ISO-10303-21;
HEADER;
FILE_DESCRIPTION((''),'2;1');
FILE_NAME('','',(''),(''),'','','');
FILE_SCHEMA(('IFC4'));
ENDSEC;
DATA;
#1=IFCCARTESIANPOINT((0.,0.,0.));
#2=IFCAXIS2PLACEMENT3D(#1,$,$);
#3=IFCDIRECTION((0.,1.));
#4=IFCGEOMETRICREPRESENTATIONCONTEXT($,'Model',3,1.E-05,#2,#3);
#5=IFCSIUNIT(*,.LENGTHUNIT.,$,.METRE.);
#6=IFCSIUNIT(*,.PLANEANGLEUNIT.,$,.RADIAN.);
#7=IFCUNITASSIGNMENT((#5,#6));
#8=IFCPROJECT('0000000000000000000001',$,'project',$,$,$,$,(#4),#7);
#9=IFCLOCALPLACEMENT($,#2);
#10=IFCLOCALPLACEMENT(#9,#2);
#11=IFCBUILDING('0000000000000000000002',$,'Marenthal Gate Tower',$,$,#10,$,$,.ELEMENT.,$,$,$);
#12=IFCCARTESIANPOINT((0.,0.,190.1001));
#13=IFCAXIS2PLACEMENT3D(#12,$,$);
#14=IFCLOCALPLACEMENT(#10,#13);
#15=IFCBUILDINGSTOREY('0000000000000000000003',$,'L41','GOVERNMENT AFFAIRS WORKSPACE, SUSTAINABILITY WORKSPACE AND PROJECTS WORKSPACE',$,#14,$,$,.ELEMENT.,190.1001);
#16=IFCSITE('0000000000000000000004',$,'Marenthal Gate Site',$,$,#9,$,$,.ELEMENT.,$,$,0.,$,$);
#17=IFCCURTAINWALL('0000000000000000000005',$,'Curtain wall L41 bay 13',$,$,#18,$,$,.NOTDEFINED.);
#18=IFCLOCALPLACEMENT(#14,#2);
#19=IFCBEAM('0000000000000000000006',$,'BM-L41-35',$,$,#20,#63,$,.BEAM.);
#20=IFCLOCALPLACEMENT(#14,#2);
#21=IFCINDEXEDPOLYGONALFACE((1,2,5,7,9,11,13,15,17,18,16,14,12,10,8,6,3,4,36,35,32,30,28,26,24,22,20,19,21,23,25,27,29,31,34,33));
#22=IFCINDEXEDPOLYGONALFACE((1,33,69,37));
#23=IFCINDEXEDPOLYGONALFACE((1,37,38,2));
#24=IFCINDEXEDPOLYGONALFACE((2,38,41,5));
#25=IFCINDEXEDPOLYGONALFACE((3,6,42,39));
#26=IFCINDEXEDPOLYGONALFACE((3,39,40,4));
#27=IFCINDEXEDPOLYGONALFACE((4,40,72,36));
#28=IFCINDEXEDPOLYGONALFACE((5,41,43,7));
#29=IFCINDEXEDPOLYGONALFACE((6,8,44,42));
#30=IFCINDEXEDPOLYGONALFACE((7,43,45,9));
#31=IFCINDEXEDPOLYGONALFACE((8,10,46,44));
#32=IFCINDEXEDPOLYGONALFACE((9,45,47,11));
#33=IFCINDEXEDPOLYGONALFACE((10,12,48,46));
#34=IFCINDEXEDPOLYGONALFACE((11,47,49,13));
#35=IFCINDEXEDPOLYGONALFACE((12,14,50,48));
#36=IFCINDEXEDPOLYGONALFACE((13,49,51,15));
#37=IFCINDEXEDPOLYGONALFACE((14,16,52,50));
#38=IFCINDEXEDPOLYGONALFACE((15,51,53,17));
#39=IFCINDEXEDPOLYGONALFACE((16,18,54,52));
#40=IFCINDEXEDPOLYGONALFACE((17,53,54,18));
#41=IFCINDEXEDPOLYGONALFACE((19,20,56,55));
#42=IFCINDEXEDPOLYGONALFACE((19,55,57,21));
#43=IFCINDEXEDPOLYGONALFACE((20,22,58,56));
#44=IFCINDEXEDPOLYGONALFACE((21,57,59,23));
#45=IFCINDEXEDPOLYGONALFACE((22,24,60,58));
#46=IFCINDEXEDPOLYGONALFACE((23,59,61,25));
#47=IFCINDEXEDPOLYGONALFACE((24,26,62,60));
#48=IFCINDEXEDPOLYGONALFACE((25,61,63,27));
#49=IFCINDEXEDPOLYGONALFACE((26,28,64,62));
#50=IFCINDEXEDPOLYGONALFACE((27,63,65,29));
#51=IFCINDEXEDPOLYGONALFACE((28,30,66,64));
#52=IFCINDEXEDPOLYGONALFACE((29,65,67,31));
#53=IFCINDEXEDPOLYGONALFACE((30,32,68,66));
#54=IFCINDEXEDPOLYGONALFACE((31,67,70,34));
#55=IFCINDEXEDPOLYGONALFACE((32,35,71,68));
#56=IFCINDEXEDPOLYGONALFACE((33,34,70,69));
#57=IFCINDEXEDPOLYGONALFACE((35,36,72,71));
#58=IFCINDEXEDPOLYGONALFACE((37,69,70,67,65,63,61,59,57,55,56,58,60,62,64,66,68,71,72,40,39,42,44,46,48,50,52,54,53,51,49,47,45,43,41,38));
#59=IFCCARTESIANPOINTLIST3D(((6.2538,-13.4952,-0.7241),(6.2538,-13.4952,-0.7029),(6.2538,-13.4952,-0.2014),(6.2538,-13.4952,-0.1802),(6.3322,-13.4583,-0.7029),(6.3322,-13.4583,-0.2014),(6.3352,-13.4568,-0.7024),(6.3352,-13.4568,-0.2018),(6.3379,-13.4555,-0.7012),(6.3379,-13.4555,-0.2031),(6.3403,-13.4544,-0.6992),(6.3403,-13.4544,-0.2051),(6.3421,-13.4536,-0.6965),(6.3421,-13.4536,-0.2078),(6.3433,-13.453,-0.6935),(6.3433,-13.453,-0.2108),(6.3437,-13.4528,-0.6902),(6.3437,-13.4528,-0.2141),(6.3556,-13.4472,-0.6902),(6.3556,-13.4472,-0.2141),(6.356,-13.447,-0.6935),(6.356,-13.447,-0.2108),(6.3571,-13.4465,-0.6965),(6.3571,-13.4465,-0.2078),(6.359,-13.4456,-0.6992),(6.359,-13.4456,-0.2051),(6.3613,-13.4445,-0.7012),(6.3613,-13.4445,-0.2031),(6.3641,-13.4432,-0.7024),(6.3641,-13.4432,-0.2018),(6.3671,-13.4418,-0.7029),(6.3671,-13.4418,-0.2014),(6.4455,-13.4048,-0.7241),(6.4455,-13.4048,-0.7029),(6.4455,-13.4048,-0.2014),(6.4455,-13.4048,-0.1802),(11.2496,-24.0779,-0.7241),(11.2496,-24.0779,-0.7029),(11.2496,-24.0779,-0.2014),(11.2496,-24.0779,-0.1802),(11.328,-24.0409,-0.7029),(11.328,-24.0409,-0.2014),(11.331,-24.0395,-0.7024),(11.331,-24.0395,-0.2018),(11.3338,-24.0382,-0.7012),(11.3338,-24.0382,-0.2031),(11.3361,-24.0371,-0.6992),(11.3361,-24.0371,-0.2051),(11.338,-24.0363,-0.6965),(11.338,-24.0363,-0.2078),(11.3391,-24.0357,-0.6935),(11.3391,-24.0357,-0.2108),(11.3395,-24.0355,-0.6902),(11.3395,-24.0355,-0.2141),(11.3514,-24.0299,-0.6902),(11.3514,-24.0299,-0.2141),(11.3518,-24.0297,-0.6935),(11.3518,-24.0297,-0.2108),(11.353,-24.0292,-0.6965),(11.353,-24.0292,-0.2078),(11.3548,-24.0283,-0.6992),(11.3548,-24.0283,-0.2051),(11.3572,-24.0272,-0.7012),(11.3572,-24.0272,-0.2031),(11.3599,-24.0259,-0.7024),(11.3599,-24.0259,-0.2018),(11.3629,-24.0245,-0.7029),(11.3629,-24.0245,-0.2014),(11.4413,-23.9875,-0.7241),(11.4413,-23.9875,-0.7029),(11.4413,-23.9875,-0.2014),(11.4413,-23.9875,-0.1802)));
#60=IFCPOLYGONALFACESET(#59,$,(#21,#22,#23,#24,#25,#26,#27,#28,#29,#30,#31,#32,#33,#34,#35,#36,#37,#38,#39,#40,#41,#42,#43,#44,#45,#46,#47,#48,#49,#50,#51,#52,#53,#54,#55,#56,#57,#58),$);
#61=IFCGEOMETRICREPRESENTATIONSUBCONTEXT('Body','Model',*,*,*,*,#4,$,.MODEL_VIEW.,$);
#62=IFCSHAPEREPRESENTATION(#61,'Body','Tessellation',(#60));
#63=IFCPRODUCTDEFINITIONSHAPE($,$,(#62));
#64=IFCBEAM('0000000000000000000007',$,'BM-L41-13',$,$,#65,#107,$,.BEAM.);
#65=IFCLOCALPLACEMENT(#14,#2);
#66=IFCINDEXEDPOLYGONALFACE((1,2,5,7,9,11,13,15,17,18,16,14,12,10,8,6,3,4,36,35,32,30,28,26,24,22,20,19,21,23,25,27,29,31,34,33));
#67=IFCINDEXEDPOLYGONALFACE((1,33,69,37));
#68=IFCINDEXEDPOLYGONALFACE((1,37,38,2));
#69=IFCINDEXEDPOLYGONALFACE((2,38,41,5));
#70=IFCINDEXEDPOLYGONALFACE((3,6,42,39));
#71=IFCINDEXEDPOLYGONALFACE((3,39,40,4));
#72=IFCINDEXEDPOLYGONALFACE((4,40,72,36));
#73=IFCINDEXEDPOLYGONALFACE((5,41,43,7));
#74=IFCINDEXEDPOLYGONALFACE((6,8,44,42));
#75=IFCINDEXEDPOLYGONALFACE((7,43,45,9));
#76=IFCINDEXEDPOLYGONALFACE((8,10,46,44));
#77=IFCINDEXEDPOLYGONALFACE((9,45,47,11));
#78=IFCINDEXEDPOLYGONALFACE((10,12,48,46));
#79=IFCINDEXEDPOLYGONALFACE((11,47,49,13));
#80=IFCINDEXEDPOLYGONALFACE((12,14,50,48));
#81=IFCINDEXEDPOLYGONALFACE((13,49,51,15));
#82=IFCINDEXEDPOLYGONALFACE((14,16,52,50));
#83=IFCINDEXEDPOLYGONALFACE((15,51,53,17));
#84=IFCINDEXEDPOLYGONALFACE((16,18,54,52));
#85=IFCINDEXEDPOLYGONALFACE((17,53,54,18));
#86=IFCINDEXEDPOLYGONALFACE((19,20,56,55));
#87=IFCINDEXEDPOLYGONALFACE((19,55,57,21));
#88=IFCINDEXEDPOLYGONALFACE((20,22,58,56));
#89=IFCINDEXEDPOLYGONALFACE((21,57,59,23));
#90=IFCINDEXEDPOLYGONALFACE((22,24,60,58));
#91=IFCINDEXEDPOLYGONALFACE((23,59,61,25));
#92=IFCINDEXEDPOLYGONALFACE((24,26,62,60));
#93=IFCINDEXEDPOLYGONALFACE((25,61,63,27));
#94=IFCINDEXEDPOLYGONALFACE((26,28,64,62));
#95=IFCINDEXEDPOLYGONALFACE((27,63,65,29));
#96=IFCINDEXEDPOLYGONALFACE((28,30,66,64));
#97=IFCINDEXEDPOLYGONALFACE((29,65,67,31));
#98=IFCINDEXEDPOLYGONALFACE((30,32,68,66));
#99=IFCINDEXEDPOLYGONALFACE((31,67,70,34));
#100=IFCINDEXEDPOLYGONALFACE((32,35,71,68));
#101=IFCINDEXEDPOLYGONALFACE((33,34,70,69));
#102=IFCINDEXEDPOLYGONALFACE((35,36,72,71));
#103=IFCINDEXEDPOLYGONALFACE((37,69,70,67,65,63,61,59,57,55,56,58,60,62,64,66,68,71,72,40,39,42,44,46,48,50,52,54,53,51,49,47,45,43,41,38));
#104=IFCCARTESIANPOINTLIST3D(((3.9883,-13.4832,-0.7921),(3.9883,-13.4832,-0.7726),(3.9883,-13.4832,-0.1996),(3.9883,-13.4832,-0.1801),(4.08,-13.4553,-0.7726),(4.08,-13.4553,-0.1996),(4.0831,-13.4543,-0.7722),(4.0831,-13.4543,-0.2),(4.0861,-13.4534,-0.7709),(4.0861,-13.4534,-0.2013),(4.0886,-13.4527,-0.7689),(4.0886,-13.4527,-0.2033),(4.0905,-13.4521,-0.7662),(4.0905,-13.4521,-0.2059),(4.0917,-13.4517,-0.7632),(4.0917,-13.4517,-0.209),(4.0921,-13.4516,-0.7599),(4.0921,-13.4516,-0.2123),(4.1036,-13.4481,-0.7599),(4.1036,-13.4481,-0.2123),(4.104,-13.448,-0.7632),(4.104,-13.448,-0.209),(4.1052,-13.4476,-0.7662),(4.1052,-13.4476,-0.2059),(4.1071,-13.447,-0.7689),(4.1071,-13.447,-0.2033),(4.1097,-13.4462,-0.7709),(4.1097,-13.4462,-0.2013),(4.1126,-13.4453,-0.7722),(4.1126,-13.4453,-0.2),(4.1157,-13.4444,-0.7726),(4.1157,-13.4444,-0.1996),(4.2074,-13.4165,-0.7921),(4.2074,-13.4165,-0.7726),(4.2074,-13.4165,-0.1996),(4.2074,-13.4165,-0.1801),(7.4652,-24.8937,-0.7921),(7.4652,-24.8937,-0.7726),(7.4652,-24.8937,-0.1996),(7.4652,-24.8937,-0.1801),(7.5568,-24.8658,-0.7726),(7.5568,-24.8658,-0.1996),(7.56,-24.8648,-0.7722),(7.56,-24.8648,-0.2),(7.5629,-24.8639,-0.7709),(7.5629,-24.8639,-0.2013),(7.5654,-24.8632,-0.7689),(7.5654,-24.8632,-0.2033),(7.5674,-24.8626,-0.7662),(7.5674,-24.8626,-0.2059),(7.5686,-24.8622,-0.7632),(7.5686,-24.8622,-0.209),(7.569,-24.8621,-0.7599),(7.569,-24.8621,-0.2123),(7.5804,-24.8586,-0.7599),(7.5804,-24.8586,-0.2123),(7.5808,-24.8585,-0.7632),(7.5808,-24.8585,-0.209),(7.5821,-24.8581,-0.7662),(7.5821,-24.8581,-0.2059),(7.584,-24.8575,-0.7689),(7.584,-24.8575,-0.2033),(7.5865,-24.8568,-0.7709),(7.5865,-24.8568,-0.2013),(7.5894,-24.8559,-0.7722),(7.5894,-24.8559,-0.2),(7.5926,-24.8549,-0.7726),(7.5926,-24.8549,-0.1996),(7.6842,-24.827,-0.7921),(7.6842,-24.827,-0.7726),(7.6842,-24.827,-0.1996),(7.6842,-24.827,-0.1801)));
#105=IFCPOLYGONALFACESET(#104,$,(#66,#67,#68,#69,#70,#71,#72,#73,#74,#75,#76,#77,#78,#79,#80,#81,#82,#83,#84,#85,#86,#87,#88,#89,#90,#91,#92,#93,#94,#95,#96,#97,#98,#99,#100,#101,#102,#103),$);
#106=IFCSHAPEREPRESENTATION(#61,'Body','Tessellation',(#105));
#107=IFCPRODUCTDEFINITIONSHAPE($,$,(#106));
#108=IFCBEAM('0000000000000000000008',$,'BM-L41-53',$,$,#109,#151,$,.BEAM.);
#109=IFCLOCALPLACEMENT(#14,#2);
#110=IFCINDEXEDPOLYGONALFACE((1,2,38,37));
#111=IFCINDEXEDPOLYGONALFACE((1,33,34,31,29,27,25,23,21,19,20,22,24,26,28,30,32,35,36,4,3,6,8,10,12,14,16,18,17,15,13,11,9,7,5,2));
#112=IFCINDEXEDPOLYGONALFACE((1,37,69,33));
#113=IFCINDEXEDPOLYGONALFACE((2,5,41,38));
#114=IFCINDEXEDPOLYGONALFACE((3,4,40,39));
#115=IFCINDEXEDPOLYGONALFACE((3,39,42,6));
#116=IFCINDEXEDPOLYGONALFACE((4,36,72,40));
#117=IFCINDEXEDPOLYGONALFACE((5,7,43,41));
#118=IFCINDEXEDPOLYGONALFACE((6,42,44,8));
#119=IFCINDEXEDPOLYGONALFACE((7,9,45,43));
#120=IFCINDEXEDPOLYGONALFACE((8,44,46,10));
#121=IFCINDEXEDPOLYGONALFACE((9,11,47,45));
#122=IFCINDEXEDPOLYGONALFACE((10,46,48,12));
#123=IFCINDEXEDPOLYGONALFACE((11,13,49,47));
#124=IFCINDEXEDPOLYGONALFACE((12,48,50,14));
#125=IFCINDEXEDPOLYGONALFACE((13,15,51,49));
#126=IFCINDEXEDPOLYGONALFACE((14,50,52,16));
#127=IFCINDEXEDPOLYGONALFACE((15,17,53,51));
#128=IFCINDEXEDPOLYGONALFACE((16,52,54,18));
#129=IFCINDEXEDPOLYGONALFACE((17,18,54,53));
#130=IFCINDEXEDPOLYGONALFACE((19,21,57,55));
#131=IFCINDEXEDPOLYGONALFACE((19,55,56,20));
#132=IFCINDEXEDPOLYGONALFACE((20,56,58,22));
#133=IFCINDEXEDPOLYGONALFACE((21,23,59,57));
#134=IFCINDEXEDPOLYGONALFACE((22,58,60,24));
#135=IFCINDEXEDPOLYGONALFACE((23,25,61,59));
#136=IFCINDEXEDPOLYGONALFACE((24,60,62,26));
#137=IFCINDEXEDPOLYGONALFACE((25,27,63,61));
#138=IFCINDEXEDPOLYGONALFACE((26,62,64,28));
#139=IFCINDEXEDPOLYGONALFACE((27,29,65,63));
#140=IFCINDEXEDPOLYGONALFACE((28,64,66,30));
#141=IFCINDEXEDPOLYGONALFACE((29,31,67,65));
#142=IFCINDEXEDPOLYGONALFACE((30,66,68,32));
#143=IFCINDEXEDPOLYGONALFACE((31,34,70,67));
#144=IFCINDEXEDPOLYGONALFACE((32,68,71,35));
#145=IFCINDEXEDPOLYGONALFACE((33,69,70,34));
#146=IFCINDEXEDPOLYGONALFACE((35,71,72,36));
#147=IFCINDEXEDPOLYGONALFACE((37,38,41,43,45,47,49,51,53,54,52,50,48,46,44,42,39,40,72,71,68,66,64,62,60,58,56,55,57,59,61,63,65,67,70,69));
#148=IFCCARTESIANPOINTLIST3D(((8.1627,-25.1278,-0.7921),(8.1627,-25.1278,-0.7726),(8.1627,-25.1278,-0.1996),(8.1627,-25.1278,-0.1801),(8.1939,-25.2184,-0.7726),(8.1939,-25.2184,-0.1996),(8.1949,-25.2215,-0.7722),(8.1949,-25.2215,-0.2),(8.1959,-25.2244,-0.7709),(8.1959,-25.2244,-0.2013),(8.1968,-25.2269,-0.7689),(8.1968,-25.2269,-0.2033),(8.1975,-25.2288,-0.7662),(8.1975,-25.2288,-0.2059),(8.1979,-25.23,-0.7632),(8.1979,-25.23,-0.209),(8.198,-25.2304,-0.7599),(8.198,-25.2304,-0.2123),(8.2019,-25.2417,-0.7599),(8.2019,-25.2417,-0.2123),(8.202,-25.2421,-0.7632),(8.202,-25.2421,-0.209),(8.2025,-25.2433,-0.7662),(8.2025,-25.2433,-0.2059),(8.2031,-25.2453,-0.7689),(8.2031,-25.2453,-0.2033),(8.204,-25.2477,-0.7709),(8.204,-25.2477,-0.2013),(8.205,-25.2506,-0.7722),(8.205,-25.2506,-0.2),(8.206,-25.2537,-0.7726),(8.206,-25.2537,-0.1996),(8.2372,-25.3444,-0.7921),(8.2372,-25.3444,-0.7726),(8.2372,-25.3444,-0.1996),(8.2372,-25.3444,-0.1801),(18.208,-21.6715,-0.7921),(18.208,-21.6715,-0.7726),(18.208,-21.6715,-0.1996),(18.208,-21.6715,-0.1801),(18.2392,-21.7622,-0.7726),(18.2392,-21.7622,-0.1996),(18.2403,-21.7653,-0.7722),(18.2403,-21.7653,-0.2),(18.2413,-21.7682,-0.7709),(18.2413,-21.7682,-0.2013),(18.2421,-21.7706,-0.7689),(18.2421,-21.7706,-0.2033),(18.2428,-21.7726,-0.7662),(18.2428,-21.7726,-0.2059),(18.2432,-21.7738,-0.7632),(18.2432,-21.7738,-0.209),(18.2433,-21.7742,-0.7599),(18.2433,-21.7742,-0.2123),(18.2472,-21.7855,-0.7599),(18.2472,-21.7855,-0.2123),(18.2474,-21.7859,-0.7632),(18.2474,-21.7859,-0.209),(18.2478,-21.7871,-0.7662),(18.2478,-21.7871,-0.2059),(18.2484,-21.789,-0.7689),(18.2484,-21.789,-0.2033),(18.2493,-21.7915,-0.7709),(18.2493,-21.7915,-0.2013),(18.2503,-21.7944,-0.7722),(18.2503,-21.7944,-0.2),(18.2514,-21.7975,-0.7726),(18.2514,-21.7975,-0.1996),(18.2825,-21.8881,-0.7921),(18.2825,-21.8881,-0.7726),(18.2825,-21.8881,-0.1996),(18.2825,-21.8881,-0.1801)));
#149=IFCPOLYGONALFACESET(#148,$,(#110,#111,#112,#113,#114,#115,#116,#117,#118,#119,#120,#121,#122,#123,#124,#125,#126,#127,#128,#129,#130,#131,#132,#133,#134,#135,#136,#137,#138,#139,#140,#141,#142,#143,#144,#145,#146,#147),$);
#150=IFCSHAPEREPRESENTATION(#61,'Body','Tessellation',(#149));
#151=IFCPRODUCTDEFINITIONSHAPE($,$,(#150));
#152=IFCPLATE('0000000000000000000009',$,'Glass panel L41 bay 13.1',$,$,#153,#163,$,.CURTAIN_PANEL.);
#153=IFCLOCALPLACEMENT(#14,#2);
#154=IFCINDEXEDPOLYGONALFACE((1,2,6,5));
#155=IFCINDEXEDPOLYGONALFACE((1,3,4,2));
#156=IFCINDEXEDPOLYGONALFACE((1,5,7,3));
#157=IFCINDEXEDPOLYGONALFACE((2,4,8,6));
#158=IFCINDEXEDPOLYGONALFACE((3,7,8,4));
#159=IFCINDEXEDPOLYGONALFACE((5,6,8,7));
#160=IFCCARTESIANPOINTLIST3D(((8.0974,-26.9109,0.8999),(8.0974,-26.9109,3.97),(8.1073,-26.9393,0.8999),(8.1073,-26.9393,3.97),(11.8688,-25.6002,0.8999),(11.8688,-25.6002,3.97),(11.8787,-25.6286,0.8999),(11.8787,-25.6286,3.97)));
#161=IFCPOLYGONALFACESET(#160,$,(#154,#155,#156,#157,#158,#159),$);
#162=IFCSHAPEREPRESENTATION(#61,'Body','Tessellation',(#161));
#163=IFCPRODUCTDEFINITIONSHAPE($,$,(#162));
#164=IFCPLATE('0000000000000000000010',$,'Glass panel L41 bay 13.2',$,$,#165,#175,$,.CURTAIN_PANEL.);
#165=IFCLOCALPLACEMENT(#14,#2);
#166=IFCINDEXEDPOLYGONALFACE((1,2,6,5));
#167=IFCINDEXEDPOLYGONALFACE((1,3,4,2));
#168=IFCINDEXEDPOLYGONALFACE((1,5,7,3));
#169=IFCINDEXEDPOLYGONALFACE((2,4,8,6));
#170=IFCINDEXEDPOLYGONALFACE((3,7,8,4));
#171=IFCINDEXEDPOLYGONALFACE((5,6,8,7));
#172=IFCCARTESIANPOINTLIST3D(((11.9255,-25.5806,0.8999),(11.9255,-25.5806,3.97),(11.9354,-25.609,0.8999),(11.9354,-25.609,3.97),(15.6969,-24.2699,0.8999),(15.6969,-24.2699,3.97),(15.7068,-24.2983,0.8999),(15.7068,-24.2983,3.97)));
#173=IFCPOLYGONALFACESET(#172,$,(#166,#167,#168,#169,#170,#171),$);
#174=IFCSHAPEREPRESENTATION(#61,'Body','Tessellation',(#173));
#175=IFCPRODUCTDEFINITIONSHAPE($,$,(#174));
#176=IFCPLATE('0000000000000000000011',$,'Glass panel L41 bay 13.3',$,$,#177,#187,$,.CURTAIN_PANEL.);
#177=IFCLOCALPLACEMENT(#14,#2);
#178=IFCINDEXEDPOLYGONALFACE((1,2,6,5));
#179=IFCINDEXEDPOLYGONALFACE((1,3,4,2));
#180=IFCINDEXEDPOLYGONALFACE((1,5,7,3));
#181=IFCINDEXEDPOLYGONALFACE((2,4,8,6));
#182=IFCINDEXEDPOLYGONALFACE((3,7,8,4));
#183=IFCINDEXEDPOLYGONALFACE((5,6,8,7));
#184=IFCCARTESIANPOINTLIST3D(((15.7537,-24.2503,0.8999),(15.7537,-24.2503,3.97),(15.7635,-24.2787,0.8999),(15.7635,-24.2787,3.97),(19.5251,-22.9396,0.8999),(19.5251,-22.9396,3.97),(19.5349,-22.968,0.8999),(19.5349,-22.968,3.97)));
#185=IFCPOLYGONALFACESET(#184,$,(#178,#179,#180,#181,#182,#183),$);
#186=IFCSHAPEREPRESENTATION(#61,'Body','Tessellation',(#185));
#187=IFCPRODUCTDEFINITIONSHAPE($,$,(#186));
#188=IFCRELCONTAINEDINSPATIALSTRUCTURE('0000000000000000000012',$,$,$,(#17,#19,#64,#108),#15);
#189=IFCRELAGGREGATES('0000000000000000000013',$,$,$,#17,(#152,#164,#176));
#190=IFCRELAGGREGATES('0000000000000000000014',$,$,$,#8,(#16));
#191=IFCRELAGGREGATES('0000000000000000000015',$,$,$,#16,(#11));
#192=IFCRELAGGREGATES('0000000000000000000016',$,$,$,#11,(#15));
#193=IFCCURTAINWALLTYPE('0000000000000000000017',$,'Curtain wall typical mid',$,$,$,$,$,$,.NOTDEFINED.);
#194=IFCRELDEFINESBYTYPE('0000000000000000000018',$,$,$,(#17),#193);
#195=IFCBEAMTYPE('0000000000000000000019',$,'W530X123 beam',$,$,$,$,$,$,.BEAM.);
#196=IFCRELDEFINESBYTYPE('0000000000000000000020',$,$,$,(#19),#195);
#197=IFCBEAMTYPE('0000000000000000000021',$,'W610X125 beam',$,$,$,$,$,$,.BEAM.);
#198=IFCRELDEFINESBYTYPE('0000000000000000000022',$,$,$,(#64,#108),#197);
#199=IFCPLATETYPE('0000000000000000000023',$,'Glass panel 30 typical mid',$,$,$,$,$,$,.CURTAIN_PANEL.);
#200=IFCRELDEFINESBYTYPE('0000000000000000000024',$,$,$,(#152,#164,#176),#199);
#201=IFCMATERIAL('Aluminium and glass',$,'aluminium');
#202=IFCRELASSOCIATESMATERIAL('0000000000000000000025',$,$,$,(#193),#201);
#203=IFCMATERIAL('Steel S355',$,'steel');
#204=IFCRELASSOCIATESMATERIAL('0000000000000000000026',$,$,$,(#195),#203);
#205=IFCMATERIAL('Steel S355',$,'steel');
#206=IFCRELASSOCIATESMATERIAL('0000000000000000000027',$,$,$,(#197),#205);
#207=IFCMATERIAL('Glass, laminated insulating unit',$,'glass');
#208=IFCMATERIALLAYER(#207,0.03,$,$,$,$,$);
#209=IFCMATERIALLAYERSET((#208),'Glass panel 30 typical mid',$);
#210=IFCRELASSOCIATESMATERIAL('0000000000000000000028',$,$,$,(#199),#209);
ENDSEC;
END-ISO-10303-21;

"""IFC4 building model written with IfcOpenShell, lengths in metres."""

from ifc_helpers import new_model, si_unit, direction, frame, origin, origin_2d, place, context, subcontext, project, spatial, rectangle, i_section, extrude, material, layer, layer_set, material_profile, profile_set, type_object, element, aggregate, save


model = new_model("IFC4")

# Units and contexts
model_context = context("Model", 3, precision=1e-05, world=origin(), true_north=direction((0.0, 1.0)))
body_context = subcontext(model_context, "Body", "Model", "MODEL_VIEW")
ifc_project = project(units=[si_unit("LENGTHUNIT", "METRE"), si_unit("PLANEANGLEUNIT", "RADIAN")], contexts=[model_context])

# Site, building, storey
site_placement = place(None, origin())
site = spatial("IfcSite", under=ifc_project, at=site_placement, Name="Marenthal Gate Site", CompositionType="ELEMENT", RefElevation=0.0)
building_placement = place(site_placement, origin())
building = spatial("IfcBuilding", under=site, at=building_placement, Name="Marenthal Gate Tower", CompositionType="ELEMENT")
storey_placement = place(building_placement, frame((0.0, 0.0, 190.1001)))
storey = spatial("IfcBuildingStorey", under=building, at=storey_placement, Name="L41", Description="GOVERNMENT AFFAIRS WORKSPACE, SUSTAINABILITY WORKSPACE AND PROJECTS WORKSPACE", CompositionType="ELEMENT", Elevation=190.1001)

# Curtain wall
ifc_material_1 = material(Name="Aluminium and glass", Category="aluminium")
curtain_wall_type = type_object("IfcCurtainWallType", Name="Curtain wall typical mid", PredefinedType="NOTDEFINED", material=ifc_material_1)
curtain_wall_placement = place(storey_placement, origin())
curtain_wall = element("IfcCurtainWall", 1, at=curtain_wall_placement, inside=storey, type_object=curtain_wall_type, Name="Curtain wall L41 bay 13", PredefinedType="NOTDEFINED")

# Beams
ifc_material_2 = material(Name="Steel S355", Category="steel")
ifc_material_profile_1 = material_profile(ifc_material_2, i_section(OverallWidth=0.2119, OverallDepth=0.5439, WebThickness=0.0132, FlangeThickness=0.0212, FilletRadius=0.0127, at=origin_2d()), Name="W530X123")
ifc_profile_set_1 = profile_set([ifc_material_profile_1], Name="Steel S355")
beam_type_1 = type_object("IfcBeamType", Name="W530X123 beam", PredefinedType="BEAM", material=ifc_profile_set_1)
beam_1_placement = place(storey_placement, frame((11.3455, -24.0327, -0.4521), z_axis=(-0.426897, 0.9043, 0.0), x_axis=(-0.9043, -0.426897, 0.0)))
element("IfcBeam", 2, at=beam_1_placement, inside=storey, type_object=beam_type_1, Name="BM-L41-35", PredefinedType="BEAM", context=body_context, shape_type="SweptSolid", body=[
    extrude(i_section(OverallWidth=0.2119, OverallDepth=0.5439, WebThickness=0.0132, FlangeThickness=0.0212, FilletRadius=0.0127, at=origin_2d()), origin(), (0.0, 0.0, 1.0), 11.7026),
])
ifc_material_3 = material(Name="Steel S355", Category="steel")
ifc_material_profile_2 = material_profile(ifc_material_3, i_section(OverallWidth=0.229, OverallDepth=0.6121, WebThickness=0.012, FlangeThickness=0.0195, FilletRadius=0.0127, at=origin_2d()), Name="W610X125")
ifc_profile_set_2 = profile_set([ifc_material_profile_2], Name="Steel S355")
beam_type_2 = type_object("IfcBeamType", Name="W610X125 beam", PredefinedType="BEAM", material=ifc_profile_set_2)
beam_2_placement = place(storey_placement, frame((7.5747, -24.8604, -0.4861), z_axis=(-0.291474, 0.956579, 0.0), x_axis=(-0.956579, -0.291474, 0.0)))
element("IfcBeam", 3, at=beam_2_placement, inside=storey, type_object=beam_type_2, Name="BM-L41-13", PredefinedType="BEAM", context=body_context, shape_type="SweptSolid", body=[
    extrude(i_section(OverallWidth=0.229, OverallDepth=0.6121, WebThickness=0.012, FlangeThickness=0.0195, FilletRadius=0.0127, at=origin_2d()), origin(), (0.0, 0.0, 1.0), 11.9285),
])
beam_3_placement = place(storey_placement, frame((8.2, -25.2361, -0.4861), z_axis=(0.945594, 0.325348, 0.0), x_axis=(-0.325348, 0.945594, 0.0)))
element("IfcBeam", 4, at=beam_3_placement, inside=storey, type_object=beam_type_2, Name="BM-L41-53", PredefinedType="BEAM", context=body_context, shape_type="SweptSolid", body=[
    extrude(i_section(OverallWidth=0.229, OverallDepth=0.6121, WebThickness=0.012, FlangeThickness=0.0195, FilletRadius=0.0127, at=origin_2d()), origin(), (0.0, 0.0, 1.0), 10.6233),
])

# Plates
ifc_material_4 = material(Name="Glass, laminated insulating unit", Category="glass")
ifc_layer_1 = layer(ifc_material_4, 0.03)
ifc_layer_set_1 = layer_set([ifc_layer_1], Name="Glass panel 30 typical mid")
plate_type = type_object("IfcPlateType", Name="Glass panel 30 typical mid", PredefinedType="CURTAIN_PANEL", material=ifc_layer_set_1)
plate_1_placement = place(storey_placement, frame((9.988, -26.2698, 0.8999), z_axis=(0.0, 0.0, 1.0), x_axis=(0.944583, 0.328273, 0.0)))
plate_1 = element("IfcPlate", 5, at=plate_1_placement, type_object=plate_type, Name="Glass panel L41 bay 13.1", PredefinedType="CURTAIN_PANEL", context=body_context, shape_type="SweptSolid", body=[
    extrude(rectangle(XDim=3.9927, YDim=0.03, at=origin_2d()), origin(), (0.0, 0.0, 1.0), 3.0701),
])
plate_2_placement = place(storey_placement, frame((13.8162, -24.9395, 0.8999), z_axis=(0.0, 0.0, 1.0), x_axis=(0.944583, 0.328273, 0.0)))
plate_2 = element("IfcPlate", 6, at=plate_2_placement, type_object=plate_type, Name="Glass panel L41 bay 13.2", PredefinedType="CURTAIN_PANEL", context=body_context, shape_type="SweptSolid", body=[
    extrude(rectangle(XDim=3.9927, YDim=0.03, at=origin_2d()), origin(), (0.0, 0.0, 1.0), 3.0701),
])
plate_3_placement = place(storey_placement, frame((17.6443, -23.6091, 0.8999), z_axis=(0.0, 0.0, 1.0), x_axis=(0.944583, 0.328273, 0.0)))
plate_3 = element("IfcPlate", 7, at=plate_3_placement, type_object=plate_type, Name="Glass panel L41 bay 13.3", PredefinedType="CURTAIN_PANEL", context=body_context, shape_type="SweptSolid", body=[
    extrude(rectangle(XDim=3.9927, YDim=0.03, at=origin_2d()), origin(), (0.0, 0.0, 1.0), 3.0701),
])
aggregate(curtain_wall, [plate_1, plate_2, plate_3])

save(model, "model.ifc")
